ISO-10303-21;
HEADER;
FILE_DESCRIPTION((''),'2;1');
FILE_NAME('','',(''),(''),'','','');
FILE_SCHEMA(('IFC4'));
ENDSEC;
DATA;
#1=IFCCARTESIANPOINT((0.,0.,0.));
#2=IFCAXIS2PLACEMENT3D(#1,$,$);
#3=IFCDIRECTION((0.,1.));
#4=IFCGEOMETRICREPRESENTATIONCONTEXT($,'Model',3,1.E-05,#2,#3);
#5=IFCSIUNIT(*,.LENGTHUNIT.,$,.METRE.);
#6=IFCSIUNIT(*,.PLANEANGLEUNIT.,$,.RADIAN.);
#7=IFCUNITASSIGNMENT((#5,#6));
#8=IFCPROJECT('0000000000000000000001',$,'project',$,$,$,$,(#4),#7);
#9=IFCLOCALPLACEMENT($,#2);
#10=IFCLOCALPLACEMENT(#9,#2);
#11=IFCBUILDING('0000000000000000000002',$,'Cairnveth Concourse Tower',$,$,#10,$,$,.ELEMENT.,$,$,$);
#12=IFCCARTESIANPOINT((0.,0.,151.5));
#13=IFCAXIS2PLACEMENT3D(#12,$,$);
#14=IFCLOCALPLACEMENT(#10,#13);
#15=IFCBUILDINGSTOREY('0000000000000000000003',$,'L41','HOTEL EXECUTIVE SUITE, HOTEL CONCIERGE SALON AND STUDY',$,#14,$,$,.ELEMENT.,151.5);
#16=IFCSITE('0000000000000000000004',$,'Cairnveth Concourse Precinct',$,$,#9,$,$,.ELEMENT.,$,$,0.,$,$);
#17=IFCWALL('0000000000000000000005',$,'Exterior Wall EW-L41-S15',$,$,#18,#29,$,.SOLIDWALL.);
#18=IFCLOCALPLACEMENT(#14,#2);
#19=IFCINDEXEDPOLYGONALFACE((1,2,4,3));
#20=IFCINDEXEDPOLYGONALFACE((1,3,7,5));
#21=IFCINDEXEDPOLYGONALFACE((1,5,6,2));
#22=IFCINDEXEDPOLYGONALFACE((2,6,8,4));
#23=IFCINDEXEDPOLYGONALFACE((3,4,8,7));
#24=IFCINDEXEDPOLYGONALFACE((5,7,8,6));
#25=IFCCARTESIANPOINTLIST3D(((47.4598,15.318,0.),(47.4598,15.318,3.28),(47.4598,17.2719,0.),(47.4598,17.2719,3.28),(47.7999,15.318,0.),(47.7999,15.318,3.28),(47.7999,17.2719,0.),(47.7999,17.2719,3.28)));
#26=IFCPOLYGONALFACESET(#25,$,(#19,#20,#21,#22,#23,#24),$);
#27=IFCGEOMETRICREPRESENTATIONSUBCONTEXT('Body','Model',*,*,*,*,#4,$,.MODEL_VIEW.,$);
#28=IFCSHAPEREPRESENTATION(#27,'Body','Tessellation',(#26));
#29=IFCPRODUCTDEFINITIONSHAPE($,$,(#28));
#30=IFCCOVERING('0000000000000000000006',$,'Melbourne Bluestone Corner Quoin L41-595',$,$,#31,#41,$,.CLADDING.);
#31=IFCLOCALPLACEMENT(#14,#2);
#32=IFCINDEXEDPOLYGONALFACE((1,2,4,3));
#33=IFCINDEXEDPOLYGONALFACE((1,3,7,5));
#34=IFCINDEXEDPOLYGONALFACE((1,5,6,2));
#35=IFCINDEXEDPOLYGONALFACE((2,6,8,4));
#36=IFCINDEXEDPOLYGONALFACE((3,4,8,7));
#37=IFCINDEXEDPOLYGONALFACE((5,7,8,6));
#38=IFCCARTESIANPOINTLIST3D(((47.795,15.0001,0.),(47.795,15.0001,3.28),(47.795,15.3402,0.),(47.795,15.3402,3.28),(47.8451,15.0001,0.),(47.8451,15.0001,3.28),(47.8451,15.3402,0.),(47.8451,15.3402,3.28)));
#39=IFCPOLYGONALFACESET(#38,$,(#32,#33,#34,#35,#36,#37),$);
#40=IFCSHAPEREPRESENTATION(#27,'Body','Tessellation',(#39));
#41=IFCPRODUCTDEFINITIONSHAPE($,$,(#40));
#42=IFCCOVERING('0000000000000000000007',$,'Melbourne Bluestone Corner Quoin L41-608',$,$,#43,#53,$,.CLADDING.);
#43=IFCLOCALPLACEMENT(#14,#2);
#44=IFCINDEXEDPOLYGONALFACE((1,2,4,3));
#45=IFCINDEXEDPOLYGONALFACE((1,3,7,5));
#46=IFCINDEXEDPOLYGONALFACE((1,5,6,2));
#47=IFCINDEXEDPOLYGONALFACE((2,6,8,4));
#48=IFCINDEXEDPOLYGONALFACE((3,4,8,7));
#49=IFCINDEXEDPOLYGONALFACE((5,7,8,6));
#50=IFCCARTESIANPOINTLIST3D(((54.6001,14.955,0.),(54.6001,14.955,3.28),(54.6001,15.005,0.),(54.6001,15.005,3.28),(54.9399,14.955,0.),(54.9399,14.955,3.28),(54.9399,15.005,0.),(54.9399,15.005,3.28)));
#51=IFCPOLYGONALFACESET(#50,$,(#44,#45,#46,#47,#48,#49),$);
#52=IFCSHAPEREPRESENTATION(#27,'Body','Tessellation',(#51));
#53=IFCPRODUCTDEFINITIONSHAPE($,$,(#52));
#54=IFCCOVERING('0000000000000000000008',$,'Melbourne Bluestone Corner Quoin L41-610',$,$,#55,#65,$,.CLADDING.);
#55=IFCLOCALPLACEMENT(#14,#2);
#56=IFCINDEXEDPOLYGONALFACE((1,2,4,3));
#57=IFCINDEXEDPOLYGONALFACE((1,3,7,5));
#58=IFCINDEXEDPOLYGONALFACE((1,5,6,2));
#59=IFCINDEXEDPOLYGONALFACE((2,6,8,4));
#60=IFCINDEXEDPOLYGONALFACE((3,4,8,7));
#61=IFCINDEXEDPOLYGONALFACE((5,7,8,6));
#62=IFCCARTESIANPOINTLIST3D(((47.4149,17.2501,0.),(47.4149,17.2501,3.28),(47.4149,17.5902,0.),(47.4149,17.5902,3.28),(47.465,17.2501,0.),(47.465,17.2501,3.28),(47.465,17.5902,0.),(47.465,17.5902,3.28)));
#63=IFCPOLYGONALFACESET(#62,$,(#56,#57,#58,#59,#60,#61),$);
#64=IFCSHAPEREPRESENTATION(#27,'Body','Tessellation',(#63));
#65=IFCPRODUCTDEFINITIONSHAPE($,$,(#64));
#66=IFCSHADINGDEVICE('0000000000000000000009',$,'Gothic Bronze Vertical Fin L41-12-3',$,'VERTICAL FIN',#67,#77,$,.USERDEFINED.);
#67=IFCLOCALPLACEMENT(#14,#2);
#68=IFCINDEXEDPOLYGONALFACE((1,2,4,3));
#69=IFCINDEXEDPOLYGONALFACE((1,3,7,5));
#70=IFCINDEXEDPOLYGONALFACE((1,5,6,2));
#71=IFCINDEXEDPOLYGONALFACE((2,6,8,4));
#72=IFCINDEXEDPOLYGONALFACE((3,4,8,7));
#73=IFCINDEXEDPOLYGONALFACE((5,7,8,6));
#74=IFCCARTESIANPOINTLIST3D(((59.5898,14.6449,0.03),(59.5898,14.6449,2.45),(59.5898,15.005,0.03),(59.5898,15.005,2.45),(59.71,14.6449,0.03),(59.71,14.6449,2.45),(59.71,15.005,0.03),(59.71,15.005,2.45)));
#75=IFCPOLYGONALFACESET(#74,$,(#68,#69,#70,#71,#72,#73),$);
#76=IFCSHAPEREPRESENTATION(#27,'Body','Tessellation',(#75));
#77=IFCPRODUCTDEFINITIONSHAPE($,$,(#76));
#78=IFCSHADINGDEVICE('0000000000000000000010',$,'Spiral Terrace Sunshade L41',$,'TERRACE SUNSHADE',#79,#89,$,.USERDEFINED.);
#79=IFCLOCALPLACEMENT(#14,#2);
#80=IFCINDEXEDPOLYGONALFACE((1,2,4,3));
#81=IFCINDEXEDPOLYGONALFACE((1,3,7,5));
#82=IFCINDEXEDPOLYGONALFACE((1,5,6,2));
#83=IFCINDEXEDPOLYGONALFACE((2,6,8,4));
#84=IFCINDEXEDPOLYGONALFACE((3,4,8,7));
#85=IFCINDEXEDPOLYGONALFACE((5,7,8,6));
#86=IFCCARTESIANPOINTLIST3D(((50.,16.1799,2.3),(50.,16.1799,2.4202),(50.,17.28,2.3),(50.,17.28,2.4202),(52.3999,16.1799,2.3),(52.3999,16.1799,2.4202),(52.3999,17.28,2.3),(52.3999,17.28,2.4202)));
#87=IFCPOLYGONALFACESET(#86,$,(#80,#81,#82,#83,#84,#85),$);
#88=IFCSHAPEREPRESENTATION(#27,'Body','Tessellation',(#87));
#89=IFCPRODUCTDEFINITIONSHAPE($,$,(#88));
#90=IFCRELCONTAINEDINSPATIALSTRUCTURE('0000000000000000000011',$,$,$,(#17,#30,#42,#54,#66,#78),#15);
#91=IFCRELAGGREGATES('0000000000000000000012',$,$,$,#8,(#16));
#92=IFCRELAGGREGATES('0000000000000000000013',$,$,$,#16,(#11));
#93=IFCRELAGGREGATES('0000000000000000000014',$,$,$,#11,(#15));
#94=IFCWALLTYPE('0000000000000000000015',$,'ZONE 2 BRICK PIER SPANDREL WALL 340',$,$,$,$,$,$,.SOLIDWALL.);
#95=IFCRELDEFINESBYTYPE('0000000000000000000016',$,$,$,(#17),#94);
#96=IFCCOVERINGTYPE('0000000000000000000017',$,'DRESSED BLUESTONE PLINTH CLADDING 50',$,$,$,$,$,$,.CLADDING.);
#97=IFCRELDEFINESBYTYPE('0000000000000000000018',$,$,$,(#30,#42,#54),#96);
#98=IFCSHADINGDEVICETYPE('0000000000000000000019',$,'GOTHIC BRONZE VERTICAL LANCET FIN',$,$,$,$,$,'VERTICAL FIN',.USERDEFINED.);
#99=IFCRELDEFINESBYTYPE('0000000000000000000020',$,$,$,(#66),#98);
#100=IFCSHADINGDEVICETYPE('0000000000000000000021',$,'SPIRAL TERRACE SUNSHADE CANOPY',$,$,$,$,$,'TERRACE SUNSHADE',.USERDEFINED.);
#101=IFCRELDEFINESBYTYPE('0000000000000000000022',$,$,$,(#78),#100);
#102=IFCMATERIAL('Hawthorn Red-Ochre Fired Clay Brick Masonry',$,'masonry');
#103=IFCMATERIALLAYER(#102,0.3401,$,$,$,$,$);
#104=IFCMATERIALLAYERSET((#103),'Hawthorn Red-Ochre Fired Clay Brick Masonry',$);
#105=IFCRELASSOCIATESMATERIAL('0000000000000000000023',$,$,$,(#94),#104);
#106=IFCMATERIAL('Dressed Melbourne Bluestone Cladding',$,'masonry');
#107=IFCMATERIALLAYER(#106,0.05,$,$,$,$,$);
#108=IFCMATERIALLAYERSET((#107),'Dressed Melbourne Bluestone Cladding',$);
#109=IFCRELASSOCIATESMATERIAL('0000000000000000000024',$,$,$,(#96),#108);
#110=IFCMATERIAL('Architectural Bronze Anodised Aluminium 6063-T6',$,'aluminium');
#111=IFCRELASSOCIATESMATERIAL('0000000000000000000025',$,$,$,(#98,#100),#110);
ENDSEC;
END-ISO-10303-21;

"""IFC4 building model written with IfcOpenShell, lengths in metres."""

from ifc_helpers import new_model, si_unit, direction, frame, frame_2d, origin, origin_2d, place, context, subcontext, project, spatial, rectangle, extrude, material, layer, layer_set, type_object, element, save


model = new_model("IFC4")

# Units and contexts
model_context = context("Model", 3, precision=1e-05, world=origin(), true_north=direction((0.0, 1.0)))
body_context = subcontext(model_context, "Body", "Model", "MODEL_VIEW")
ifc_project = project(units=[si_unit("LENGTHUNIT", "METRE"), si_unit("PLANEANGLEUNIT", "RADIAN")], contexts=[model_context])

# Site, building, storey
site_placement = place(None, origin())
site = spatial("IfcSite", under=ifc_project, at=site_placement, Name="Cairnveth Concourse Precinct", CompositionType="ELEMENT", RefElevation=0.0)
building_placement = place(site_placement, origin())
building = spatial("IfcBuilding", under=site, at=building_placement, Name="Cairnveth Concourse Tower", CompositionType="ELEMENT")
storey_placement = place(building_placement, frame((0.0, 0.0, 151.5)))
storey = spatial("IfcBuildingStorey", under=building, at=storey_placement, Name="L41", Description="HOTEL EXECUTIVE SUITE, HOTEL CONCIERGE SALON AND STUDY", CompositionType="ELEMENT", Elevation=151.5)

# Shared definitions
ifc_material_1 = material(Name="Dressed Melbourne Bluestone Cladding", Category="masonry")

# Shared definitions
ifc_material_2 = material(Name="Hawthorn Red-Ochre Fired Clay Brick Masonry", Category="masonry")
ifc_layer_1 = layer(ifc_material_2, 0.3401)
ifc_layer_set_1 = layer_set([ifc_layer_1], Name="Hawthorn Red-Ochre Fired Clay Brick Masonry")
wall_type_1 = type_object("IfcWallType", Name="ZONE 2 BRICK PIER SPANDREL WALL 340", PredefinedType="SOLIDWALL", material=ifc_layer_set_1)

# Shared definitions
ifc_material_3 = material(Name="Architectural Bronze Anodised Aluminium 6063-T6", Category="aluminium")

# Wall
wall_1_placement = place(storey_placement, frame((47.6299, 17.272, 0.0), z_axis=(0.0, 0.0, 1.0), x_axis=(0.0, -1.0, 0.0)))
element("IfcWall", 1, at=wall_1_placement, inside=storey, type_object=wall_type_1, Name="Exterior Wall EW-L41-S15", PredefinedType="SOLIDWALL", context=body_context, shape_type="SweptSolid", body=[
    extrude(rectangle(XDim=1.9539, YDim=0.3401, at=frame_2d((0.9771, 0.0))), origin(), (0.0, 0.0, 1.0), 3.28),
])

# Coverings
ifc_layer_2 = layer(ifc_material_1, 0.05)
ifc_layer_set_2 = layer_set([ifc_layer_2], Name="Dressed Melbourne Bluestone Cladding")
covering_type = type_object("IfcCoveringType", Name="DRESSED BLUESTONE PLINTH CLADDING 50", PredefinedType="CLADDING", material=ifc_layer_set_2)
covering_1_placement = place(storey_placement, frame((47.8201, 15.3401, 0.0), z_axis=(0.0, 0.0, 1.0), x_axis=(0.0, -1.0, 0.0)))
element("IfcCovering", 2, at=covering_1_placement, inside=storey, type_object=covering_type, Name="Melbourne Bluestone Corner Quoin L41-595", PredefinedType="CLADDING", context=body_context, shape_type="SweptSolid", body=[
    extrude(rectangle(XDim=0.3401, YDim=0.05, at=frame_2d((0.1699, 0.0))), origin(), (0.0, 0.0, 1.0), 3.28),
])
covering_2_placement = place(storey_placement, frame((54.9399, 14.98, 0.0), z_axis=(0.0, 0.0, 1.0), x_axis=(-1.0, 0.0, 0.0)))
element("IfcCovering", 3, at=covering_2_placement, inside=storey, type_object=covering_type, Name="Melbourne Bluestone Corner Quoin L41-608", PredefinedType="CLADDING", context=body_context, shape_type="SweptSolid", body=[
    extrude(rectangle(XDim=0.3398, YDim=0.05, at=frame_2d((0.1699, 0.0))), origin(), (0.0, 0.0, 1.0), 3.28),
])
covering_3_placement = place(storey_placement, frame((47.4399, 17.5901, 0.0), z_axis=(0.0, 0.0, 1.0), x_axis=(0.0, -1.0, 0.0)))
element("IfcCovering", 4, at=covering_3_placement, inside=storey, type_object=covering_type, Name="Melbourne Bluestone Corner Quoin L41-610", PredefinedType="CLADDING", context=body_context, shape_type="SweptSolid", body=[
    extrude(rectangle(XDim=0.3401, YDim=0.05, at=frame_2d((0.1699, 0.0))), origin(), (0.0, 0.0, 1.0), 3.28),
])

# Shading devices
shading_device_type_1 = type_object("IfcShadingDeviceType", Name="GOTHIC BRONZE VERTICAL LANCET FIN", ElementType="VERTICAL FIN", PredefinedType="USERDEFINED", material=ifc_material_3)
shading_device_1_placement = place(storey_placement, frame((59.6499, 14.825, 0.03), z_axis=(0.0, 0.0, 1.0), x_axis=(1.0, 0.0, 0.0)))
element("IfcShadingDevice", 5, at=shading_device_1_placement, inside=storey, type_object=shading_device_type_1, Name="Gothic Bronze Vertical Fin L41-12-3", ObjectType="VERTICAL FIN", PredefinedType="USERDEFINED", context=body_context, shape_type="SweptSolid", body=[
    extrude(rectangle(XDim=0.1201, YDim=0.3601, at=origin_2d()), origin(), (0.0, 0.0, 1.0), 2.4199),
])
shading_device_type_2 = type_object("IfcShadingDeviceType", Name="SPIRAL TERRACE SUNSHADE CANOPY", ElementType="TERRACE SUNSHADE", PredefinedType="USERDEFINED", material=ifc_material_3)
shading_device_2_placement = place(storey_placement, frame((51.2, 16.73, 2.3), z_axis=(0.0, 0.0, 1.0), x_axis=(1.0, 0.0, 0.0)))
element("IfcShadingDevice", 6, at=shading_device_2_placement, inside=storey, type_object=shading_device_type_2, Name="Spiral Terrace Sunshade L41", ObjectType="TERRACE SUNSHADE", PredefinedType="USERDEFINED", context=body_context, shape_type="SweptSolid", body=[
    extrude(rectangle(XDim=2.3999, YDim=1.1001, at=origin_2d()), origin(), (0.0, 0.0, 1.0), 0.1201),
])

save(model, "model.ifc")
